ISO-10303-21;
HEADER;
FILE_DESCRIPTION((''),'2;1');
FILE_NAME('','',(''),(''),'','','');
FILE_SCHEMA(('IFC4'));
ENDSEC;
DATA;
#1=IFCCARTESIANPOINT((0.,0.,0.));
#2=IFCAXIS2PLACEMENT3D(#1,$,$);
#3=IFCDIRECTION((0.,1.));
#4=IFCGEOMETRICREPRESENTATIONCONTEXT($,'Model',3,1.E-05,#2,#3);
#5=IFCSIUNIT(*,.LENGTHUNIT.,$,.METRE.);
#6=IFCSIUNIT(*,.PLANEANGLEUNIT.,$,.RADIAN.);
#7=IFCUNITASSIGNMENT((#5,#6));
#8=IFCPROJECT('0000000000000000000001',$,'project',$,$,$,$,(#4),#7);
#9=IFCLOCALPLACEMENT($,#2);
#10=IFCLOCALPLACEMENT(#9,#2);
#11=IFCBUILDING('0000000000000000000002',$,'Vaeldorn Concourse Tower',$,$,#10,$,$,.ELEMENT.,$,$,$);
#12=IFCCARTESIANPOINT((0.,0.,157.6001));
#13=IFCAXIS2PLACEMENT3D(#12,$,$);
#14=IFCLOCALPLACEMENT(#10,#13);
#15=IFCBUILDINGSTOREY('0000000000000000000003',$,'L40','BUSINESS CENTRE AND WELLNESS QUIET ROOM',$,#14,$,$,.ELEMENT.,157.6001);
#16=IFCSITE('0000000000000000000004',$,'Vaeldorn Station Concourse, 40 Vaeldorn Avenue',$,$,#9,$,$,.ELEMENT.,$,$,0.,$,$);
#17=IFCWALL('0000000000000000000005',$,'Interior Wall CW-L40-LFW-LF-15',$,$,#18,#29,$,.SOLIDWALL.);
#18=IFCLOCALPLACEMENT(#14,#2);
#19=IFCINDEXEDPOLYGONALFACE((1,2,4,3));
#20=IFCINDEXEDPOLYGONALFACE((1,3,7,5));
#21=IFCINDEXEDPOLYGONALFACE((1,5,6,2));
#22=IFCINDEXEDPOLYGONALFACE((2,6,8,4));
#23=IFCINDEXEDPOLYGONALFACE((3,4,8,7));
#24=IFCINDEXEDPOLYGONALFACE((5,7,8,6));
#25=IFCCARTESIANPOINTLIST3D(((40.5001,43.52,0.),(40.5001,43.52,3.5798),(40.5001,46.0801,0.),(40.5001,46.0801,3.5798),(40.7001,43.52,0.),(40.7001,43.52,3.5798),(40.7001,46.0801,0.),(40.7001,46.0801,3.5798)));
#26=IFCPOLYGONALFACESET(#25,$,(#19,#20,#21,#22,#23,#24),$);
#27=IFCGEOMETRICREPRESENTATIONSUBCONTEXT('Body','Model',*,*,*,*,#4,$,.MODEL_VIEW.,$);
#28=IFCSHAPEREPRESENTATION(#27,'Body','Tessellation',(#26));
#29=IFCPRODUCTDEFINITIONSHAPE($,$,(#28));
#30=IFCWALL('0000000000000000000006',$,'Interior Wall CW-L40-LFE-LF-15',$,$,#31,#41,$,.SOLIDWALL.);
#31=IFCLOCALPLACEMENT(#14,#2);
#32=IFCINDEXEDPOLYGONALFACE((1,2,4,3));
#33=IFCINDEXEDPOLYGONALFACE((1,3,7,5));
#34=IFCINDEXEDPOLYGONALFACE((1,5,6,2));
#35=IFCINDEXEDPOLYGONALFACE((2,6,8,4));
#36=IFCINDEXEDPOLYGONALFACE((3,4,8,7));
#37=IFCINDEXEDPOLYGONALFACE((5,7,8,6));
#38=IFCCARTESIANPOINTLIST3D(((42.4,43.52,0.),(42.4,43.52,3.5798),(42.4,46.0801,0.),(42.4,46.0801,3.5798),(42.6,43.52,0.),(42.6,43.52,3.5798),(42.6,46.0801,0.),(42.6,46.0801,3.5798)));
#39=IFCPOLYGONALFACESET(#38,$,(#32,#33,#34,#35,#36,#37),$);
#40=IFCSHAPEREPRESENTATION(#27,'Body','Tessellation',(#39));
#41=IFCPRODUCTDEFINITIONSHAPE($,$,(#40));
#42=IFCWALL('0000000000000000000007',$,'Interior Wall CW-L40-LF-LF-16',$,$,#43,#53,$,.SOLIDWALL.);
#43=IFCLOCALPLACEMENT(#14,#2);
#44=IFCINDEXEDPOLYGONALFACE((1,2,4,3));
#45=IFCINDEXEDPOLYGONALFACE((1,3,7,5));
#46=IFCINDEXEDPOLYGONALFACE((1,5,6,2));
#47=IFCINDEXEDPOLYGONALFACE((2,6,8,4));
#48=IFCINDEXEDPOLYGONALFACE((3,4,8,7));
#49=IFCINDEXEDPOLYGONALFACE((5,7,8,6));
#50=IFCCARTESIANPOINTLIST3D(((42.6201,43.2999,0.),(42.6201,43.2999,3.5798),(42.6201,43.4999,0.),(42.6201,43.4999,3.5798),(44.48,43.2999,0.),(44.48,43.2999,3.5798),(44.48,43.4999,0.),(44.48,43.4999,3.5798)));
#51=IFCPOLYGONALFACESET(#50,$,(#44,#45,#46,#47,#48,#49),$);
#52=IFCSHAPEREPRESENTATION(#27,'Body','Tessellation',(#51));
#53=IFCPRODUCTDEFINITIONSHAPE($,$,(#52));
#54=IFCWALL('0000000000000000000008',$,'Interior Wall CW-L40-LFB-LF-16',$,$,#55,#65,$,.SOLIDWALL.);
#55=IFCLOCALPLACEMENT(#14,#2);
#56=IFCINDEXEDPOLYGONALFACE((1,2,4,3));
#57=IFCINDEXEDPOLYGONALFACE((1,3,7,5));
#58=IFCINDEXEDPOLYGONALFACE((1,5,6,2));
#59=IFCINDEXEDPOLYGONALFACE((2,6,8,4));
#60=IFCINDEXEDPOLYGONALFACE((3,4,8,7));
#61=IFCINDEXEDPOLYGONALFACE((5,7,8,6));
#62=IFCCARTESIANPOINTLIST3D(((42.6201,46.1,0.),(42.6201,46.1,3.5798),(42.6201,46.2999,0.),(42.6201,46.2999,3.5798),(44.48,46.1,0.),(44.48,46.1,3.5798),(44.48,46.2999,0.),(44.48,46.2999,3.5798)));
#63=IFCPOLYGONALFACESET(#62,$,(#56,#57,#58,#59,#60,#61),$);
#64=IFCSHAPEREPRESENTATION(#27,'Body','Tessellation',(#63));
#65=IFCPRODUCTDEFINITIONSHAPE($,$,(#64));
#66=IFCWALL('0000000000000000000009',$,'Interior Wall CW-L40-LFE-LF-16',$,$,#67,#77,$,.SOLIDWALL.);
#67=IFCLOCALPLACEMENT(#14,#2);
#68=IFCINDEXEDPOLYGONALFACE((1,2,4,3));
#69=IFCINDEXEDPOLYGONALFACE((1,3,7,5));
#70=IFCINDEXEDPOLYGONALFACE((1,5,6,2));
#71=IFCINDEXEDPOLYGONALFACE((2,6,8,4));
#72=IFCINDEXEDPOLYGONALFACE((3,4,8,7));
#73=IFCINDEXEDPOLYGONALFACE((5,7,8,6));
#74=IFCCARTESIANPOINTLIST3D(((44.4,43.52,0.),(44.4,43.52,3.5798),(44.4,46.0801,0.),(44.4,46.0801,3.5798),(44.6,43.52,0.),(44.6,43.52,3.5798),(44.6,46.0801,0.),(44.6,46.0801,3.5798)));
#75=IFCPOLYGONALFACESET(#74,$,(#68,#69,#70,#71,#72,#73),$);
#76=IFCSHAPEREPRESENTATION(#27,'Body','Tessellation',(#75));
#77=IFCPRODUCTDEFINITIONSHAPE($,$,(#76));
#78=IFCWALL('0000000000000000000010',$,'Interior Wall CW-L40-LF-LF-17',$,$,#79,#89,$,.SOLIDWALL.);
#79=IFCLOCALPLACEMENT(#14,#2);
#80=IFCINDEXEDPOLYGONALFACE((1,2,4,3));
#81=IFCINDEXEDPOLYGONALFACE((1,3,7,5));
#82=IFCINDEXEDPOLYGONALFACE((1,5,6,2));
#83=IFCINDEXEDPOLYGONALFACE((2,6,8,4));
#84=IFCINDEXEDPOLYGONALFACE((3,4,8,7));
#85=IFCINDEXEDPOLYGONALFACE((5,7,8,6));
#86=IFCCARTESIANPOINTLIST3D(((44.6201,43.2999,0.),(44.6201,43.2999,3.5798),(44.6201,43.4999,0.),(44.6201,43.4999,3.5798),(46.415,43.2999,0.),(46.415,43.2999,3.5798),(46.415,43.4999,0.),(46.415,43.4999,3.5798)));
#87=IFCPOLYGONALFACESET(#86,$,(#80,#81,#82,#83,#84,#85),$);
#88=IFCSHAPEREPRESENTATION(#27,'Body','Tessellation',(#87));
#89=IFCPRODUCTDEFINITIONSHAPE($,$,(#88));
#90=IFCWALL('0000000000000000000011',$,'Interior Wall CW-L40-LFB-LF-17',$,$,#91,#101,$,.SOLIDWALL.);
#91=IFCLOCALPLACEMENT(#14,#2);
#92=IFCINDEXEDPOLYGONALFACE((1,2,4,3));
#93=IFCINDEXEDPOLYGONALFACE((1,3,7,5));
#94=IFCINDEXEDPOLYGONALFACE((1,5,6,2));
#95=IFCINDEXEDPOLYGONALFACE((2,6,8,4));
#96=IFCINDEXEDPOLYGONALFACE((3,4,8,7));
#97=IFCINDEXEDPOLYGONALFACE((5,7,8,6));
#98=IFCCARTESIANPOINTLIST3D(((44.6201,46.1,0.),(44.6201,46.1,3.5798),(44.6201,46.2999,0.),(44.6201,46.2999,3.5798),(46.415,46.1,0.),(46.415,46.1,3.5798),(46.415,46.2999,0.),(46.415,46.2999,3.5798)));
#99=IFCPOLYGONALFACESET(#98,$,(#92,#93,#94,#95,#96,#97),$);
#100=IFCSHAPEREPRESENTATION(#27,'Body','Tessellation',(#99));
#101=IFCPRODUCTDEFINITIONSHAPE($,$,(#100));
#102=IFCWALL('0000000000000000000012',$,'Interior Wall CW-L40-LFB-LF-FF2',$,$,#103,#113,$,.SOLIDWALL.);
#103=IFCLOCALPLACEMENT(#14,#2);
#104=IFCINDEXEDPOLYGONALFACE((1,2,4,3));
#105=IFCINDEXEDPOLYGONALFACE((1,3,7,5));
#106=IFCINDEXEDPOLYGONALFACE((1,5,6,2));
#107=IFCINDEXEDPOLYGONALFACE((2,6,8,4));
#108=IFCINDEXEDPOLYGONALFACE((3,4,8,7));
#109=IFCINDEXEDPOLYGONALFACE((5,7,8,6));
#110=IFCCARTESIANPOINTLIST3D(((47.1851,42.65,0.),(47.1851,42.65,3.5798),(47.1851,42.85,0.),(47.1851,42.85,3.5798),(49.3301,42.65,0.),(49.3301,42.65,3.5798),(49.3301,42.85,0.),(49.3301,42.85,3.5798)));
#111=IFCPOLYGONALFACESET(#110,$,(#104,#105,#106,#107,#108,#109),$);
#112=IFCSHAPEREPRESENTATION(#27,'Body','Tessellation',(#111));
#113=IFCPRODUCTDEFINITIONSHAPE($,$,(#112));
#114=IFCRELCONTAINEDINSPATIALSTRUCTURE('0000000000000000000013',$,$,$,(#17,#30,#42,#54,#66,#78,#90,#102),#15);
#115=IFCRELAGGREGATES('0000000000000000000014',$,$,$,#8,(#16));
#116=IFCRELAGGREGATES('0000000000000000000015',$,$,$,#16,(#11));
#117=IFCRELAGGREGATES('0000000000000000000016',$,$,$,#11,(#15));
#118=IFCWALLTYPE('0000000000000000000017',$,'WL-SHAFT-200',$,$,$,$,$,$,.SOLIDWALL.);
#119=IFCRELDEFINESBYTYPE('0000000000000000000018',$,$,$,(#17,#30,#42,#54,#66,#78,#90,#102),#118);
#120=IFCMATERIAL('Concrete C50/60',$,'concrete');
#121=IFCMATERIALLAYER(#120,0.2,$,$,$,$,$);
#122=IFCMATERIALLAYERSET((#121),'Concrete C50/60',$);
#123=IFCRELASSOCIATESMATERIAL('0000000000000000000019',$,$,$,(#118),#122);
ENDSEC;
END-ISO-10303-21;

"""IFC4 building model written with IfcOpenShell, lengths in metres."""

from ifc_helpers import new_model, si_unit, direction, frame, frame_2d, origin, place, context, subcontext, project, spatial, rectangle, extrude, material, layer, layer_set, type_object, element, save


model = new_model("IFC4")

# Units and contexts
model_context = context("Model", 3, precision=1e-05, world=origin(), true_north=direction((0.0, 1.0)))
body_context = subcontext(model_context, "Body", "Model", "MODEL_VIEW")
ifc_project = project(units=[si_unit("LENGTHUNIT", "METRE"), si_unit("PLANEANGLEUNIT", "RADIAN")], contexts=[model_context])

# Site, building, storey
site_placement = place(None, origin())
site = spatial("IfcSite", under=ifc_project, at=site_placement, Name="Vaeldorn Station Concourse, 40 Vaeldorn Avenue", CompositionType="ELEMENT", RefElevation=0.0)
building_placement = place(site_placement, origin())
building = spatial("IfcBuilding", under=site, at=building_placement, Name="Vaeldorn Concourse Tower", CompositionType="ELEMENT")
storey_placement = place(building_placement, frame((0.0, 0.0, 157.6001)))
storey = spatial("IfcBuildingStorey", under=building, at=storey_placement, Name="L40", Description="BUSINESS CENTRE AND WELLNESS QUIET ROOM", CompositionType="ELEMENT", Elevation=157.6001)

# Shared definitions
ifc_material_1 = material(Name="Concrete C50/60", Category="concrete")
ifc_layer_1 = layer(ifc_material_1, 0.2)
ifc_layer_set_1 = layer_set([ifc_layer_1], Name="Concrete C50/60")
wall_type_1 = type_object("IfcWallType", Name="WL-SHAFT-200", PredefinedType="SOLIDWALL", material=ifc_layer_set_1)

# Walls
for number, where, z_axis, x_axis, name in (
    (1, (40.6001, 43.52, 0.0), (0.0, 0.0, 1.0), (0.0, 1.0, 0.0), "Interior Wall CW-L40-LFW-LF-15"),
    (2, (42.5, 43.52, 0.0), (0.0, 0.0, 1.0), (0.0, 1.0, 0.0), "Interior Wall CW-L40-LFE-LF-15"),
):
    element("IfcWall", number, at=place(storey_placement, frame(where, z_axis=z_axis, x_axis=x_axis)), inside=storey, type_object=wall_type_1, Name=name, PredefinedType="SOLIDWALL", context=body_context, shape_type="SweptSolid", body=[
        extrude(rectangle(XDim=2.5601, YDim=0.2, at=frame_2d((1.28, 0.0))), origin(), (0.0, 0.0, 1.0), 3.5798),
    ])
for number, where, z_axis, x_axis, name in (
    (3, (42.6201, 43.3999, 0.0), (0.0, 0.0, 1.0), (1.0, 0.0, 0.0), "Interior Wall CW-L40-LF-LF-16"),
    (4, (42.6201, 46.2, 0.0), (0.0, 0.0, 1.0), (1.0, 0.0, 0.0), "Interior Wall CW-L40-LFB-LF-16"),
):
    element("IfcWall", number, at=place(storey_placement, frame(where, z_axis=z_axis, x_axis=x_axis)), inside=storey, type_object=wall_type_1, Name=name, PredefinedType="SOLIDWALL", context=body_context, shape_type="SweptSolid", body=[
        extrude(rectangle(XDim=1.8599, YDim=0.2, at=frame_2d((0.9299, 0.0))), origin(), (0.0, 0.0, 1.0), 3.5798),
    ])
wall_1_placement = place(storey_placement, frame((44.5, 43.52, 0.0), z_axis=(0.0, 0.0, 1.0), x_axis=(0.0, 1.0, 0.0)))
element("IfcWall", 5, at=wall_1_placement, inside=storey, type_object=wall_type_1, Name="Interior Wall CW-L40-LFE-LF-16", PredefinedType="SOLIDWALL", context=body_context, shape_type="SweptSolid", body=[
    extrude(rectangle(XDim=2.5601, YDim=0.2, at=frame_2d((1.28, 0.0))), origin(), (0.0, 0.0, 1.0), 3.5798),
])
for number, where, z_axis, x_axis, name in (
    (6, (44.6201, 43.3999, 0.0), (0.0, 0.0, 1.0), (1.0, 0.0, 0.0), "Interior Wall CW-L40-LF-LF-17"),
    (7, (44.6201, 46.2, 0.0), (0.0, 0.0, 1.0), (1.0, 0.0, 0.0), "Interior Wall CW-L40-LFB-LF-17"),
):
    element("IfcWall", number, at=place(storey_placement, frame(where, z_axis=z_axis, x_axis=x_axis)), inside=storey, type_object=wall_type_1, Name=name, PredefinedType="SOLIDWALL", context=body_context, shape_type="SweptSolid", body=[
        extrude(rectangle(XDim=1.7949, YDim=0.2, at=frame_2d((0.8975, 0.0))), origin(), (0.0, 0.0, 1.0), 3.5798),
    ])

# Wall
wall_2_placement = place(storey_placement, frame((47.1851, 42.75, 0.0), z_axis=(0.0, 0.0, 1.0), x_axis=(1.0, 0.0, 0.0)))
element("IfcWall", 8, at=wall_2_placement, inside=storey, type_object=wall_type_1, Name="Interior Wall CW-L40-LFB-LF-FF2", PredefinedType="SOLIDWALL", context=body_context, shape_type="SweptSolid", body=[
    extrude(rectangle(XDim=2.145, YDim=0.2, at=frame_2d((1.0725, 0.0))), origin(), (0.0, 0.0, 1.0), 3.5798),
])

save(model, "model.ifc")
